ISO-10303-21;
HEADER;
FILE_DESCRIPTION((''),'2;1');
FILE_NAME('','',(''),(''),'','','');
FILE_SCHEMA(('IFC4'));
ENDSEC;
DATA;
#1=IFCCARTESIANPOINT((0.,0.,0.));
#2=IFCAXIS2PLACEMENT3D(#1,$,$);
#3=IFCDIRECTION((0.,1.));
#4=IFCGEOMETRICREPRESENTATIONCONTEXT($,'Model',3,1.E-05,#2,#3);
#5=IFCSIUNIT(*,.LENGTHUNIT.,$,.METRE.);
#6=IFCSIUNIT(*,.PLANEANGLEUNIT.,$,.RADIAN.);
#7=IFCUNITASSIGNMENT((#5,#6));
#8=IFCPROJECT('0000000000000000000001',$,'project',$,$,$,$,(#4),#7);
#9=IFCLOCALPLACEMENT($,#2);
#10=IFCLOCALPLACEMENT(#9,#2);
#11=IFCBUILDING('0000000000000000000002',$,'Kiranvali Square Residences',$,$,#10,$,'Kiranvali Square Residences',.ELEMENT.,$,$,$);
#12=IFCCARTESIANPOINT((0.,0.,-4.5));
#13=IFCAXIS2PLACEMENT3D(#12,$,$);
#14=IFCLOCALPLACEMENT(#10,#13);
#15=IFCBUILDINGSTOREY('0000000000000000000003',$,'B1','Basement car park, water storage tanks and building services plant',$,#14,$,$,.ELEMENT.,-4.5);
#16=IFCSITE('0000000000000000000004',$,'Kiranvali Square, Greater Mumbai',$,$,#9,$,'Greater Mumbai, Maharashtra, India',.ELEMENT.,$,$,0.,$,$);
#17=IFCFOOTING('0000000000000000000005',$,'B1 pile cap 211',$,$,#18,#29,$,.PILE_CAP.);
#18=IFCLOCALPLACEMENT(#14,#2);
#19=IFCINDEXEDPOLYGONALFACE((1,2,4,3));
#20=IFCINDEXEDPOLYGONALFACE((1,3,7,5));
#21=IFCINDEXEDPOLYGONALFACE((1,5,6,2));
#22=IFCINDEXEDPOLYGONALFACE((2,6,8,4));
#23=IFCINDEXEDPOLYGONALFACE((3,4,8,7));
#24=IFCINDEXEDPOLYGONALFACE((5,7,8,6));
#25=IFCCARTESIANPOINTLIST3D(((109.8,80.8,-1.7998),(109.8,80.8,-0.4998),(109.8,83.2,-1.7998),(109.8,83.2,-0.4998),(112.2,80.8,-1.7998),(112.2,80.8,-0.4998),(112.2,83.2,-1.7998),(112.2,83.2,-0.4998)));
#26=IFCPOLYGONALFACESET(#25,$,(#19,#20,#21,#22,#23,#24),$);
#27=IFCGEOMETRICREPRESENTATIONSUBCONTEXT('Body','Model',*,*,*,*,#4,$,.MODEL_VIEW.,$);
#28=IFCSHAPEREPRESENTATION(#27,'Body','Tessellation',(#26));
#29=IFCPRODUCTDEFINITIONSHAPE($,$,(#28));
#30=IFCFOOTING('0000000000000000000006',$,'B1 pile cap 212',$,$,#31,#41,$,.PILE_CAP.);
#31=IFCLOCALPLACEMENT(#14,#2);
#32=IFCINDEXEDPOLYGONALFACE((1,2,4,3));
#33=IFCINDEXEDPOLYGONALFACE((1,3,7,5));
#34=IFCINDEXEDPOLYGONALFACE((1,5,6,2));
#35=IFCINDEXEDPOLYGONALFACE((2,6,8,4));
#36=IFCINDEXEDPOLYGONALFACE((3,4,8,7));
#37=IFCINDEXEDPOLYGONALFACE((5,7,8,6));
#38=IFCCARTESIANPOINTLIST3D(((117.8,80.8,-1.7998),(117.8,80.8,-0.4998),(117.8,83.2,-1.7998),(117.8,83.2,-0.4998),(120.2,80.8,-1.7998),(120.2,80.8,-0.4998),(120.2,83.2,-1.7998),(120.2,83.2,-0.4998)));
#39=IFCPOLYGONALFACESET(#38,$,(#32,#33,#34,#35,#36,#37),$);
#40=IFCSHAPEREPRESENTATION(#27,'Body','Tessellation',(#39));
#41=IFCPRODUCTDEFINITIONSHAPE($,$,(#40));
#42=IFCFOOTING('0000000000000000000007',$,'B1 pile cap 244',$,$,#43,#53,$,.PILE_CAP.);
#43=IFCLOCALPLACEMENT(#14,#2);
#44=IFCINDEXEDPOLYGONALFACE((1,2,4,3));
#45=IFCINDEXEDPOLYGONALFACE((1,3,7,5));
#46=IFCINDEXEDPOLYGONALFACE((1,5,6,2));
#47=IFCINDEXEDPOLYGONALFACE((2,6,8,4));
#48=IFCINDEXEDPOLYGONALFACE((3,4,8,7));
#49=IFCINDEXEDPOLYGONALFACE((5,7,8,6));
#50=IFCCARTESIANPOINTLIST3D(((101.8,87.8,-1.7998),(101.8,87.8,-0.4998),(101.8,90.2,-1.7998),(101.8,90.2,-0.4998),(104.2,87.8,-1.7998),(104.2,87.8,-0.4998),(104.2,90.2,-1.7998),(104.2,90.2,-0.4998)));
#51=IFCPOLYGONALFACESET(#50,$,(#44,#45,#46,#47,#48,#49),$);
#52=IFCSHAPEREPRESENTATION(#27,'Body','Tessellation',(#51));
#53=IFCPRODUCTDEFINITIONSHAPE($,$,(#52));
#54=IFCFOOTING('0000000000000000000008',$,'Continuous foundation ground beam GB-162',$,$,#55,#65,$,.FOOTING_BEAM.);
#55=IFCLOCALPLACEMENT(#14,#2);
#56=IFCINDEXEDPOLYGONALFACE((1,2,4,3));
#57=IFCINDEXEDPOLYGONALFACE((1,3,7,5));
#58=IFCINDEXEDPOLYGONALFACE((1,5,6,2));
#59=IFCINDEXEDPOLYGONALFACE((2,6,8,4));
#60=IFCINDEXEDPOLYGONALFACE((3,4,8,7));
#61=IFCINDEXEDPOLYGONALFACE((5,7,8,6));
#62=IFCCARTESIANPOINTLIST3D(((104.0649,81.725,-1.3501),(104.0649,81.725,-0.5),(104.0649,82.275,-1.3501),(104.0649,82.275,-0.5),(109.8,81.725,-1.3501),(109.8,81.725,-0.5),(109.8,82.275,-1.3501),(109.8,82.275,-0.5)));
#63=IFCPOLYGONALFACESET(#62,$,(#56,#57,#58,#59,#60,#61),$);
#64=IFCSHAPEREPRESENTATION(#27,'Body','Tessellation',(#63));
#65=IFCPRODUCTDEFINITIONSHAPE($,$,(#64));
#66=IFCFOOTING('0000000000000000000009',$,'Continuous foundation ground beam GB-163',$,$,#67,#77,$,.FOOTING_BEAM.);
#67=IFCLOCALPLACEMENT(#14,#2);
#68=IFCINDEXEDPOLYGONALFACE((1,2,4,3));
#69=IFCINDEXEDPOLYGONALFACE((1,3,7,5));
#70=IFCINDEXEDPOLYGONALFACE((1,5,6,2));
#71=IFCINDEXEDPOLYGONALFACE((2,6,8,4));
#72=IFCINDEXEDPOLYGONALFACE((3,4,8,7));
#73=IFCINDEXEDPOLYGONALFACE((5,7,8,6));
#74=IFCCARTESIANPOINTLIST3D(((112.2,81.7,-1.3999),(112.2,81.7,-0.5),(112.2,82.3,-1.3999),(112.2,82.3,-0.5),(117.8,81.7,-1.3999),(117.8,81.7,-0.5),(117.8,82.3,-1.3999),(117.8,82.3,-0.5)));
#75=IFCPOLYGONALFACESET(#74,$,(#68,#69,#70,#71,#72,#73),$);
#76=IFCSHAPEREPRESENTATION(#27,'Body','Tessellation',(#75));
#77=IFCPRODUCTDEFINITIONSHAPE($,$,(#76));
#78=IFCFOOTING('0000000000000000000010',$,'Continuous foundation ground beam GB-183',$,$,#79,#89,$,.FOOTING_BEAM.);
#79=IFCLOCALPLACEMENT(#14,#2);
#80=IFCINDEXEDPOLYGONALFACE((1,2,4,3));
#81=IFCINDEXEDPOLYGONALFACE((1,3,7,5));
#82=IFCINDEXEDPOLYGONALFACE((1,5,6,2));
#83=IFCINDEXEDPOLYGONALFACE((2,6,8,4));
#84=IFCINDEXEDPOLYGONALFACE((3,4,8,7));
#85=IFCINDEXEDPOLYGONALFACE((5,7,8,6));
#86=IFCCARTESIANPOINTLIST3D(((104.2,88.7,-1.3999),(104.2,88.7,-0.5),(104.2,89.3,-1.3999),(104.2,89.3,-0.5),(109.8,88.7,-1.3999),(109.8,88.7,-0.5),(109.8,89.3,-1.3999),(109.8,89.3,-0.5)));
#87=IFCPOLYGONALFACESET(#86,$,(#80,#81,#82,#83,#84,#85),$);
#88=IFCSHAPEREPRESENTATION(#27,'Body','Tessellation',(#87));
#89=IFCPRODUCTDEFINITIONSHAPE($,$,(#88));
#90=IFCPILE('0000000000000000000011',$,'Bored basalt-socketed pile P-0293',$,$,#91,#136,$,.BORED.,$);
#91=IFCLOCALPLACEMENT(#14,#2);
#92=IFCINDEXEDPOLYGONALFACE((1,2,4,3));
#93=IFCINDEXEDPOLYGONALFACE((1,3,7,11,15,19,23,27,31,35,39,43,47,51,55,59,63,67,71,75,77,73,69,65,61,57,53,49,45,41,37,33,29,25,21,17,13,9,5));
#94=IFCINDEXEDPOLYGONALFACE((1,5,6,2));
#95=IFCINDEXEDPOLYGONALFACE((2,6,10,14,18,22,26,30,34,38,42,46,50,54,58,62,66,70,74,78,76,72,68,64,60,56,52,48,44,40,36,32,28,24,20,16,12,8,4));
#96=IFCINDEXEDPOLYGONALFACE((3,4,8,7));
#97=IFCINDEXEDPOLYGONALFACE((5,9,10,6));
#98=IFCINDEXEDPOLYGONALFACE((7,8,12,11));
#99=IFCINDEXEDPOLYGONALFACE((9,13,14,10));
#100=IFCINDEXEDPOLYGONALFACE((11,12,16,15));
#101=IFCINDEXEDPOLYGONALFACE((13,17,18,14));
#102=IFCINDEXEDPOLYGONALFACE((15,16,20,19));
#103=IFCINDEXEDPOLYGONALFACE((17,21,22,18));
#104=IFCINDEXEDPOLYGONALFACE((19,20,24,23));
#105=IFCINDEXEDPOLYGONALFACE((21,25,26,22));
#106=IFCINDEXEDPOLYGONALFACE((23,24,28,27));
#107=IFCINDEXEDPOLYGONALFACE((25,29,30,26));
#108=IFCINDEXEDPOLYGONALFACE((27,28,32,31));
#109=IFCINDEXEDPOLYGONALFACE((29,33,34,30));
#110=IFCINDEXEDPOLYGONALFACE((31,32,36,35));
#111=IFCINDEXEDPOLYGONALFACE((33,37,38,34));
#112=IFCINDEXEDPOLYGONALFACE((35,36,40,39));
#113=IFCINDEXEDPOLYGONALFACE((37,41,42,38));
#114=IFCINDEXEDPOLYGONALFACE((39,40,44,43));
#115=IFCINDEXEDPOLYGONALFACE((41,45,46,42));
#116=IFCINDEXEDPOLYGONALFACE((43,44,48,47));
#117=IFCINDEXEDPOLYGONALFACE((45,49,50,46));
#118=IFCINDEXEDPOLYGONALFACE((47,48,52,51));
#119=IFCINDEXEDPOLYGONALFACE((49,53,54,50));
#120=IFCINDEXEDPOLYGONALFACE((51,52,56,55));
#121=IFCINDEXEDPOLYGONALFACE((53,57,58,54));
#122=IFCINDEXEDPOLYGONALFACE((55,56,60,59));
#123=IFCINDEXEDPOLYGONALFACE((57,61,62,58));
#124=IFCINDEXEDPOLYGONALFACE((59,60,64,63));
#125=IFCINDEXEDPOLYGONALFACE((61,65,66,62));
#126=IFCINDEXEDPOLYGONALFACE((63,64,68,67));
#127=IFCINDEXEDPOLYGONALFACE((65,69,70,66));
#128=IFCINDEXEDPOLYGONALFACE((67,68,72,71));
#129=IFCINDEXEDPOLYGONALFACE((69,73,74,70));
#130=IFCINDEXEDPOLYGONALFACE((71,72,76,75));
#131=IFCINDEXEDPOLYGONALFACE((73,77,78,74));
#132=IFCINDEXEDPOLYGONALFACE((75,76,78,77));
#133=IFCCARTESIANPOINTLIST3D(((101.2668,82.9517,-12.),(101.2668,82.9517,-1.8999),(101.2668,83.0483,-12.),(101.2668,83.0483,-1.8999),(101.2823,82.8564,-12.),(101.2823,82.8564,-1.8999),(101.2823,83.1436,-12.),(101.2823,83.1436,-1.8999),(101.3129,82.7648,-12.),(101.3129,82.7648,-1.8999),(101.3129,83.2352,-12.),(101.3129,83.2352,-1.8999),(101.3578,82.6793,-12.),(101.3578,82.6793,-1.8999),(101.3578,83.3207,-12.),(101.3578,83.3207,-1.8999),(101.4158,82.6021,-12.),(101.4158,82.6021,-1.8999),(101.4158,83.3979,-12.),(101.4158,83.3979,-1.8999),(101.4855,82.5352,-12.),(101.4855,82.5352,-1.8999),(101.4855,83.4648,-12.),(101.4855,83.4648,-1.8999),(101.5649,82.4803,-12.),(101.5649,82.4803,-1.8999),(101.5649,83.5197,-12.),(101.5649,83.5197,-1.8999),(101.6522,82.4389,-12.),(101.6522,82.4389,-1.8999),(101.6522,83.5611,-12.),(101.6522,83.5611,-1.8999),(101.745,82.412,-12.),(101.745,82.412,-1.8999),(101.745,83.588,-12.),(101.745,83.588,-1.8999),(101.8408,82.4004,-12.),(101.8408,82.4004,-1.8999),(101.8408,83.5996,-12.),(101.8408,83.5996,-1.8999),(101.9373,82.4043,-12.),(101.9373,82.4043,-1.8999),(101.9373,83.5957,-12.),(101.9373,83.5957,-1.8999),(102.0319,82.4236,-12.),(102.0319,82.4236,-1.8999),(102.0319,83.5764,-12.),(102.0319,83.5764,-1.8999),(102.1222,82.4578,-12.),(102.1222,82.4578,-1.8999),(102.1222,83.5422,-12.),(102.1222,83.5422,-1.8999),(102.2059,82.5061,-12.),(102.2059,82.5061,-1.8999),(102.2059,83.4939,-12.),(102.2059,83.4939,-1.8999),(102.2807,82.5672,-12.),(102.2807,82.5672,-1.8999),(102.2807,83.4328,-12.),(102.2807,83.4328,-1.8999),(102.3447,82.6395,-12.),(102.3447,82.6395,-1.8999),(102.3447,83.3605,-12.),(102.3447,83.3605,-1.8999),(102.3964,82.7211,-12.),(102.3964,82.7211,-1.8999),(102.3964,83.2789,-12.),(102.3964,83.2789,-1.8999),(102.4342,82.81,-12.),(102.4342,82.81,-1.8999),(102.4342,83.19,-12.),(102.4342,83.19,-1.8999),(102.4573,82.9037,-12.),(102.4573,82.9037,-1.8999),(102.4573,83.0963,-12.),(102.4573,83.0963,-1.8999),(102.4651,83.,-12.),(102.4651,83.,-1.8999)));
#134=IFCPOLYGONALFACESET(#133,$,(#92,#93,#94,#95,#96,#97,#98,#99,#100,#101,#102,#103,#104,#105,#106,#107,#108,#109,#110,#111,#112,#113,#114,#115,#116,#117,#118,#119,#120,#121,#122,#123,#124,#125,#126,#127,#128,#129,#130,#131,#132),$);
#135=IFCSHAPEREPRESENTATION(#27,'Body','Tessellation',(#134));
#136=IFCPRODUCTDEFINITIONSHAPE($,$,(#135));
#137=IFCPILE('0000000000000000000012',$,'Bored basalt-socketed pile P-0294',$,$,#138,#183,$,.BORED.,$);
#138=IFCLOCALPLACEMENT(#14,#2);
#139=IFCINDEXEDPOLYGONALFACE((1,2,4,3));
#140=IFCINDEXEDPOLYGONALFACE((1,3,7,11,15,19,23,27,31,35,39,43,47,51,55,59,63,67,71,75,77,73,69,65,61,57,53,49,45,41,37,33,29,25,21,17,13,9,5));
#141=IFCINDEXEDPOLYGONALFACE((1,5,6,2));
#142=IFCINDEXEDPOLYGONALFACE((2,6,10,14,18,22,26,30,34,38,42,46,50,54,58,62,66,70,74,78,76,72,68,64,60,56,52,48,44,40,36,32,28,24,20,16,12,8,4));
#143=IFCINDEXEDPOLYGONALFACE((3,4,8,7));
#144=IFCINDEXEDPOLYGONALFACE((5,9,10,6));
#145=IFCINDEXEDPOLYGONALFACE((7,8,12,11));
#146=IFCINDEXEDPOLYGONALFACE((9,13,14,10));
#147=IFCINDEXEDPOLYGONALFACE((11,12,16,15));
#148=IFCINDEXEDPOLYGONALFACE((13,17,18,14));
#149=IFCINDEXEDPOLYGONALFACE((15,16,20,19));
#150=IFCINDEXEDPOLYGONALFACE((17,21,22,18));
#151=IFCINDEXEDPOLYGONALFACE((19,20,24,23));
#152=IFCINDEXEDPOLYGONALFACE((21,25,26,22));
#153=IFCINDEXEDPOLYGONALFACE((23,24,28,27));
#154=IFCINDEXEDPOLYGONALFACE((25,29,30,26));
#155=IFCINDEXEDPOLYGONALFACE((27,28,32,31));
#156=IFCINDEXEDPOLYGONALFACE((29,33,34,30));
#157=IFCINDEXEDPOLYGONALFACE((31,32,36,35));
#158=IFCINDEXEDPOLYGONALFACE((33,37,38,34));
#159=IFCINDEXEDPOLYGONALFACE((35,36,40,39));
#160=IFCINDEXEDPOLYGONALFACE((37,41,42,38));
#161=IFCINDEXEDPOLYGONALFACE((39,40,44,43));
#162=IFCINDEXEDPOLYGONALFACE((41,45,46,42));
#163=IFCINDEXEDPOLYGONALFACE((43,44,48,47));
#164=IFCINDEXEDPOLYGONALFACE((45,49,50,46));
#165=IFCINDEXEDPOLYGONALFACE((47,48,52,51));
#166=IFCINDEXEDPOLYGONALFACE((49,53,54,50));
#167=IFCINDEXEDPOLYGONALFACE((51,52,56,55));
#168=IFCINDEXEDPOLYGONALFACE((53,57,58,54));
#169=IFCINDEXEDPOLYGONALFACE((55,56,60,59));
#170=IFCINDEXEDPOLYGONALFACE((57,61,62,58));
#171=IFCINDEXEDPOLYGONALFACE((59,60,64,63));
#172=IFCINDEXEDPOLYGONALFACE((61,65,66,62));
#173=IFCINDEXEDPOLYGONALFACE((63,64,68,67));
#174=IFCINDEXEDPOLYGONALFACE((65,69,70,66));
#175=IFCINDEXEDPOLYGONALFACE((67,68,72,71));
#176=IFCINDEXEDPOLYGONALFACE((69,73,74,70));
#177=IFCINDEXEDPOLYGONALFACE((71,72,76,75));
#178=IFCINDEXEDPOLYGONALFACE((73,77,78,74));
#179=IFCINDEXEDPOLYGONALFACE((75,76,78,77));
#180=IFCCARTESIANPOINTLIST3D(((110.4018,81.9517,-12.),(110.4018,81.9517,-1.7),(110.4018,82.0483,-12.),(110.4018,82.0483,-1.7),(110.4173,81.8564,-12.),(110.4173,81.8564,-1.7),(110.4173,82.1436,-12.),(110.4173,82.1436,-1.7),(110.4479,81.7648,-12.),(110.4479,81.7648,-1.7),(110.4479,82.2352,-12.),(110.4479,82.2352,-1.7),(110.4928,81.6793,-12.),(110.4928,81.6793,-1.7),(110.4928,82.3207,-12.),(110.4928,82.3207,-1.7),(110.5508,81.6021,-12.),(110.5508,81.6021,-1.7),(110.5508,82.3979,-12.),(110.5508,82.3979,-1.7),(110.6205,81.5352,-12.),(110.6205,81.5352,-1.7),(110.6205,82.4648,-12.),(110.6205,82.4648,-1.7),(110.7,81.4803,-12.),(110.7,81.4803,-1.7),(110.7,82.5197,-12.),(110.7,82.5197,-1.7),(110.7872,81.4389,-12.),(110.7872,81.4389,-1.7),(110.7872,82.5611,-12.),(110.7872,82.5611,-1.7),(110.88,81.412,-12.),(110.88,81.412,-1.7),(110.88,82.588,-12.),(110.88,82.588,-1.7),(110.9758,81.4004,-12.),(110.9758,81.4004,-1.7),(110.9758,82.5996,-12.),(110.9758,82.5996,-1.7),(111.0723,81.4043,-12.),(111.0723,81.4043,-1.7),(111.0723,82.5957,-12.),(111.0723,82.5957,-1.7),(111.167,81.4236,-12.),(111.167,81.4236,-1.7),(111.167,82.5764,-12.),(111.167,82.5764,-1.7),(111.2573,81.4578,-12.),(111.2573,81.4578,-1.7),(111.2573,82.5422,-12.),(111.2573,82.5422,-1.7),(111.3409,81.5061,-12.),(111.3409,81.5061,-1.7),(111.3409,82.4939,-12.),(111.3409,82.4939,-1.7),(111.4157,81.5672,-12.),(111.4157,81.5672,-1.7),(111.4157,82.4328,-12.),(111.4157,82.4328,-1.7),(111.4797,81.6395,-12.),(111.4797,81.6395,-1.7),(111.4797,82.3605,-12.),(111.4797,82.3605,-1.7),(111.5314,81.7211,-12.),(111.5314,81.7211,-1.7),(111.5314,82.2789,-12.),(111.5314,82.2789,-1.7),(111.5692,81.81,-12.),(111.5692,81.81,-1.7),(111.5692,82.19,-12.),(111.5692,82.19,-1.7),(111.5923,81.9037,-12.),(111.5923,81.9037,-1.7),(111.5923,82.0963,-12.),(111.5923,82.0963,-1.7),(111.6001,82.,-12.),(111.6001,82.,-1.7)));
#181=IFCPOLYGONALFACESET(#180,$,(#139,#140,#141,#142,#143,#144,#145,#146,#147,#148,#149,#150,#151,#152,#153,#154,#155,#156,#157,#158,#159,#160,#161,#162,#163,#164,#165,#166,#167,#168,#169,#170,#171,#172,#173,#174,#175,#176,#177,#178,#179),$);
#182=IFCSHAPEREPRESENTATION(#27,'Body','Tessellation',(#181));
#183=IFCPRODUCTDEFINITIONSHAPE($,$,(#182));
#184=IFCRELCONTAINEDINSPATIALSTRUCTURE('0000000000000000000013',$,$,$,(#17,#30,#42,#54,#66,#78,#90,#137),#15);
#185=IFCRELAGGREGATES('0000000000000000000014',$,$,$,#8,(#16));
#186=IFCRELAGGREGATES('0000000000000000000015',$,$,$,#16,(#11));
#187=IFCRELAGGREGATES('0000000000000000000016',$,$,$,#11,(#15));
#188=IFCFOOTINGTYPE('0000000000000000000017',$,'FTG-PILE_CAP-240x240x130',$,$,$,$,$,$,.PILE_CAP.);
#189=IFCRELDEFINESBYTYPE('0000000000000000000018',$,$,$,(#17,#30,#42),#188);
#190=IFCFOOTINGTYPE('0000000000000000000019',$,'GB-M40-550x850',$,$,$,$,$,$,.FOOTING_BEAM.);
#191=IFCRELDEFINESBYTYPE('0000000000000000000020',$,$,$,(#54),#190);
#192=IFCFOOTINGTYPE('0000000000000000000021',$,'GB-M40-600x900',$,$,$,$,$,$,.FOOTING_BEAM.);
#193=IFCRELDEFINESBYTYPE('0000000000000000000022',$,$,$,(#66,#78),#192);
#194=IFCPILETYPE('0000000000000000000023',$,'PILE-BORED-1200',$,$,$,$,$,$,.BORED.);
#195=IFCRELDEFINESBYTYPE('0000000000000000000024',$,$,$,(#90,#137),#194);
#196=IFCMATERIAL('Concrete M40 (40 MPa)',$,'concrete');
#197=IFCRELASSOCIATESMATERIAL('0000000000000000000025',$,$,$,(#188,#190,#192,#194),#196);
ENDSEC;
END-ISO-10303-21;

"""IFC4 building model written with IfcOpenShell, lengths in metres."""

from ifc_helpers import new_model, si_unit, direction, frame, origin, origin_2d, place, context, subcontext, project, spatial, rectangle, circle, extrude, material, material_profile, profile_set, type_object, element, save


model = new_model("IFC4")

# Units and contexts
model_context = context("Model", 3, precision=1e-05, world=origin(), true_north=direction((0.0, 1.0)))
body_context = subcontext(model_context, "Body", "Model", "MODEL_VIEW")
ifc_project = project(units=[si_unit("LENGTHUNIT", "METRE"), si_unit("PLANEANGLEUNIT", "RADIAN")], contexts=[model_context])

# Site, building, storey
site_placement = place(None, origin())
site = spatial("IfcSite", under=ifc_project, at=site_placement, Name="Kiranvali Square, Greater Mumbai", LongName="Greater Mumbai, Maharashtra, India", CompositionType="ELEMENT", RefElevation=0.0)
building_placement = place(site_placement, origin())
building = spatial("IfcBuilding", under=site, at=building_placement, Name="Kiranvali Square Residences", LongName="Kiranvali Square Residences", CompositionType="ELEMENT")
storey_placement = place(building_placement, frame((0.0, 0.0, -4.5)))
storey = spatial("IfcBuildingStorey", under=building, at=storey_placement, Name="B1", Description="Basement car park, water storage tanks and building services plant", CompositionType="ELEMENT", Elevation=-4.5)

# Footings
ifc_material_1 = material(Name="Concrete M40 (40 MPa)", Category="concrete")
footing_type_1 = type_object("IfcFootingType", Name="FTG-PILE_CAP-240x240x130", PredefinedType="PILE_CAP", material=ifc_material_1)
for number, where, z_axis, x_axis, name in (
    (1, (111.0, 82.0, -1.7998), (0.0, 0.0, 1.0), (1.0, 0.0, 0.0), "B1 pile cap 211"),
    (2, (119.0, 82.0, -1.7998), (0.0, 0.0, 1.0), (1.0, 0.0, 0.0), "B1 pile cap 212"),
    (3, (103.0, 89.0, -1.7998), (0.0, 0.0, 1.0), (1.0, 0.0, 0.0), "B1 pile cap 244"),
):
    element("IfcFooting", number, at=place(storey_placement, frame(where, z_axis=z_axis, x_axis=x_axis)), inside=storey, type_object=footing_type_1, Name=name, PredefinedType="PILE_CAP", context=body_context, shape_type="SweptSolid", body=[
        extrude(rectangle(XDim=2.3999, YDim=2.3999, at=origin_2d()), origin(), (0.0, 0.0, 1.0), 1.3),
    ])
ifc_material_profile_1 = material_profile(ifc_material_1, rectangle(XDim=0.55, YDim=0.8501, at=origin_2d()), Name="GB 550x850")
ifc_profile_set_1 = profile_set([ifc_material_profile_1], Name="Concrete M40 (40 MPa)")
footing_type_2 = type_object("IfcFootingType", Name="GB-M40-550x850", PredefinedType="FOOTING_BEAM", material=ifc_profile_set_1)
footing_placement = place(storey_placement, frame((104.0649, 82.0, -0.925), z_axis=(1.0, 0.0, 0.0), x_axis=(0.0, 1.0, 0.0)))
element("IfcFooting", 4, at=footing_placement, inside=storey, type_object=footing_type_2, Name="Continuous foundation ground beam GB-162", PredefinedType="FOOTING_BEAM", context=body_context, shape_type="SweptSolid", body=[
    extrude(rectangle(XDim=0.55, YDim=0.8501, at=origin_2d()), origin(), (0.0, 0.0, 1.0), 5.7351),
])
ifc_material_profile_2 = material_profile(ifc_material_1, rectangle(XDim=0.6001, YDim=0.8999, at=origin_2d()), Name="GB 600x900")
ifc_profile_set_2 = profile_set([ifc_material_profile_2], Name="Concrete M40 (40 MPa)")
footing_type_3 = type_object("IfcFootingType", Name="GB-M40-600x900", PredefinedType="FOOTING_BEAM", material=ifc_profile_set_2)
for number, where, z_axis, x_axis, name in (
    (5, (112.2, 82.0, -0.95), (1.0, 0.0, 0.0), (0.0, 1.0, 0.0), "Continuous foundation ground beam GB-163"),
    (6, (104.2, 89.0, -0.95), (1.0, 0.0, 0.0), (0.0, 1.0, 0.0), "Continuous foundation ground beam GB-183"),
):
    element("IfcFooting", number, at=place(storey_placement, frame(where, z_axis=z_axis, x_axis=x_axis)), inside=storey, type_object=footing_type_3, Name=name, PredefinedType="FOOTING_BEAM", context=body_context, shape_type="SweptSolid", body=[
        extrude(rectangle(XDim=0.6001, YDim=0.8999, at=origin_2d()), origin(), (0.0, 0.0, 1.0), 5.6001),
    ])

# Piles
ifc_material_profile_3 = material_profile(ifc_material_1, circle(Radius=0.6001, at=origin_2d()), Name="BORED PILE 1200")
ifc_profile_set_3 = profile_set([ifc_material_profile_3], Name="Concrete M40 (40 MPa)")
pile_type_1 = type_object("IfcPileType", Name="PILE-BORED-1200", PredefinedType="BORED", material=ifc_profile_set_3)
pile_1_placement = place(storey_placement, frame((101.865, 83.0, -1.8999), z_axis=(0.0, 0.0, -1.0), x_axis=(1.0, 0.0, 0.0)))
element("IfcPile", 7, at=pile_1_placement, inside=storey, type_object=pile_type_1, Name="Bored basalt-socketed pile P-0293", PredefinedType="BORED", context=body_context, shape_type="SweptSolid", body=[
    extrude(circle(Radius=0.6001, at=origin_2d()), origin(), (0.0, 0.0, 1.0), 10.1001),
])
for number, where, z_axis, x_axis, name in (
    (8, (111.0, 82.0, -1.7), (0.0, 0.0, -1.0), (1.0, 0.0, 0.0), "Bored basalt-socketed pile P-0294"),
):
    element("IfcPile", number, at=place(storey_placement, frame(where, z_axis=z_axis, x_axis=x_axis)), inside=storey, type_object=pile_type_1, Name=name, PredefinedType="BORED", context=body_context, shape_type="SweptSolid", body=[
        extrude(circle(Radius=0.6001, at=origin_2d()), origin(), (0.0, 0.0, 1.0), 10.3),
    ])

save(model, "model.ifc")
